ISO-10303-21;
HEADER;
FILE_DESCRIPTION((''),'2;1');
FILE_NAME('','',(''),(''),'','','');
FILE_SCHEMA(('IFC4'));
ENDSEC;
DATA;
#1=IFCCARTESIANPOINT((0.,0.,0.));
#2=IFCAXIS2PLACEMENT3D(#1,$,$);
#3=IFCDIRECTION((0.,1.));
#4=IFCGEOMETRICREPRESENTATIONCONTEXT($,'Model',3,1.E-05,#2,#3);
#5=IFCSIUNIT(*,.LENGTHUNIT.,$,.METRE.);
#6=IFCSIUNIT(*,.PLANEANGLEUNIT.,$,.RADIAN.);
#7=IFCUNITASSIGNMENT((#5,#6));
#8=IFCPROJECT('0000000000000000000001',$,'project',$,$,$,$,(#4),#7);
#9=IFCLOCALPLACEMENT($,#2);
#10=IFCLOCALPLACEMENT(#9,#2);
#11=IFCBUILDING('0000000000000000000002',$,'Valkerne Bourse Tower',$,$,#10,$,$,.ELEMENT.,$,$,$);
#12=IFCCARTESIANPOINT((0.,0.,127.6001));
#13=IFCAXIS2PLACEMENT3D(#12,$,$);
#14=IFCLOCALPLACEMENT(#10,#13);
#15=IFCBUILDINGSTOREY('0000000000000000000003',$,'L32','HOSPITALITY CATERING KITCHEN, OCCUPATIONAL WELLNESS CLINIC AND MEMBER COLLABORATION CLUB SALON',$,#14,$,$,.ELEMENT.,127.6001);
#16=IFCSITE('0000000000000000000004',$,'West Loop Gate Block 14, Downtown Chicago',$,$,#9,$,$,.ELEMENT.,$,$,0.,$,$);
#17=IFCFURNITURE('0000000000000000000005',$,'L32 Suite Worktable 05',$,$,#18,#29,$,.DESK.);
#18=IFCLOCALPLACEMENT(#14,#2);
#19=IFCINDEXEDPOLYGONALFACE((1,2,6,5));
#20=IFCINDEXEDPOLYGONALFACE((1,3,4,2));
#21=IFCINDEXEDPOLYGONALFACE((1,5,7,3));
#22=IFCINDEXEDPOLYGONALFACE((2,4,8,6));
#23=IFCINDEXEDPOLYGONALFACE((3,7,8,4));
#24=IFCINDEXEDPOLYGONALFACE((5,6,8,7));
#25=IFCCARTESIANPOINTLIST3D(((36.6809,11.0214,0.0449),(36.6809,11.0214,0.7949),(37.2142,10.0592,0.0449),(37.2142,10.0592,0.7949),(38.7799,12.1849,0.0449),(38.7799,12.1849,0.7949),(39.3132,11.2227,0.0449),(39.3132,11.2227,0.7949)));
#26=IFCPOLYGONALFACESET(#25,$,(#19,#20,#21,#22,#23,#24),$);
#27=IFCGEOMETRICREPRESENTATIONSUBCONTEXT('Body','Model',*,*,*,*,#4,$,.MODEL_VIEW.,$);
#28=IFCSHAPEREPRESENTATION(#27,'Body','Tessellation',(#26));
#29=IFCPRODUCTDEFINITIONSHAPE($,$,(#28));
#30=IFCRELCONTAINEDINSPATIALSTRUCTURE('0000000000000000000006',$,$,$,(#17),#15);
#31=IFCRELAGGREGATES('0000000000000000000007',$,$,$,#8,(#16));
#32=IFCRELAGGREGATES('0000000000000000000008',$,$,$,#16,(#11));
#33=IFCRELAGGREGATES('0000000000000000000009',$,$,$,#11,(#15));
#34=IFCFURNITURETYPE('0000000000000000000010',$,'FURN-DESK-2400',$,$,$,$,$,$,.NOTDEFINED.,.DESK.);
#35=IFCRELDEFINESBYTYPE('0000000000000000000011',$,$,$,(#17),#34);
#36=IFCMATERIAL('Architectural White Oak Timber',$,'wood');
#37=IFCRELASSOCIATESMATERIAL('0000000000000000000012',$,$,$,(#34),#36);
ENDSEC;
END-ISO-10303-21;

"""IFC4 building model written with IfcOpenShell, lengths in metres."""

from ifc_helpers import new_model, si_unit, direction, frame, origin, origin_2d, place, context, subcontext, project, spatial, rectangle, extrude, material, type_object, element, save


model = new_model("IFC4")

# Units and contexts
model_context = context("Model", 3, precision=1e-05, world=origin(), true_north=direction((0.0, 1.0)))
body_context = subcontext(model_context, "Body", "Model", "MODEL_VIEW")
ifc_project = project(units=[si_unit("LENGTHUNIT", "METRE"), si_unit("PLANEANGLEUNIT", "RADIAN")], contexts=[model_context])

# Site, building, storey
site_placement = place(None, origin())
site = spatial("IfcSite", under=ifc_project, at=site_placement, Name="West Loop Gate Block 14, Downtown Chicago", CompositionType="ELEMENT", RefElevation=0.0)
building_placement = place(site_placement, origin())
building = spatial("IfcBuilding", under=site, at=building_placement, Name="Valkerne Bourse Tower", CompositionType="ELEMENT")
storey_placement = place(building_placement, frame((0.0, 0.0, 127.6001)))
storey = spatial("IfcBuildingStorey", under=building, at=storey_placement, Name="L32", Description="HOSPITALITY CATERING KITCHEN, OCCUPATIONAL WELLNESS CLINIC AND MEMBER COLLABORATION CLUB SALON", CompositionType="ELEMENT", Elevation=127.6001)

# Furniture
ifc_material_1 = material(Name="Architectural White Oak Timber", Category="wood")
furniture_type = type_object("IfcFurnitureType", Name="FURN-DESK-2400", AssemblyPlace="NOTDEFINED", PredefinedType="DESK", material=ifc_material_1)
furniture_placement = place(storey_placement, frame((37.9971, 11.1221, 0.0449), z_axis=(0.0, 0.0, 1.0), x_axis=(0.87462, 0.48481, 0.0)))
element("IfcFurniture", 1, at=furniture_placement, inside=storey, type_object=furniture_type, Name="L32 Suite Worktable 05", PredefinedType="DESK", context=body_context, shape_type="SweptSolid", body=[
    extrude(rectangle(XDim=2.3999, YDim=1.1001, at=origin_2d()), origin(), (0.0, 0.0, 1.0), 0.75),
])

save(model, "model.ifc")
